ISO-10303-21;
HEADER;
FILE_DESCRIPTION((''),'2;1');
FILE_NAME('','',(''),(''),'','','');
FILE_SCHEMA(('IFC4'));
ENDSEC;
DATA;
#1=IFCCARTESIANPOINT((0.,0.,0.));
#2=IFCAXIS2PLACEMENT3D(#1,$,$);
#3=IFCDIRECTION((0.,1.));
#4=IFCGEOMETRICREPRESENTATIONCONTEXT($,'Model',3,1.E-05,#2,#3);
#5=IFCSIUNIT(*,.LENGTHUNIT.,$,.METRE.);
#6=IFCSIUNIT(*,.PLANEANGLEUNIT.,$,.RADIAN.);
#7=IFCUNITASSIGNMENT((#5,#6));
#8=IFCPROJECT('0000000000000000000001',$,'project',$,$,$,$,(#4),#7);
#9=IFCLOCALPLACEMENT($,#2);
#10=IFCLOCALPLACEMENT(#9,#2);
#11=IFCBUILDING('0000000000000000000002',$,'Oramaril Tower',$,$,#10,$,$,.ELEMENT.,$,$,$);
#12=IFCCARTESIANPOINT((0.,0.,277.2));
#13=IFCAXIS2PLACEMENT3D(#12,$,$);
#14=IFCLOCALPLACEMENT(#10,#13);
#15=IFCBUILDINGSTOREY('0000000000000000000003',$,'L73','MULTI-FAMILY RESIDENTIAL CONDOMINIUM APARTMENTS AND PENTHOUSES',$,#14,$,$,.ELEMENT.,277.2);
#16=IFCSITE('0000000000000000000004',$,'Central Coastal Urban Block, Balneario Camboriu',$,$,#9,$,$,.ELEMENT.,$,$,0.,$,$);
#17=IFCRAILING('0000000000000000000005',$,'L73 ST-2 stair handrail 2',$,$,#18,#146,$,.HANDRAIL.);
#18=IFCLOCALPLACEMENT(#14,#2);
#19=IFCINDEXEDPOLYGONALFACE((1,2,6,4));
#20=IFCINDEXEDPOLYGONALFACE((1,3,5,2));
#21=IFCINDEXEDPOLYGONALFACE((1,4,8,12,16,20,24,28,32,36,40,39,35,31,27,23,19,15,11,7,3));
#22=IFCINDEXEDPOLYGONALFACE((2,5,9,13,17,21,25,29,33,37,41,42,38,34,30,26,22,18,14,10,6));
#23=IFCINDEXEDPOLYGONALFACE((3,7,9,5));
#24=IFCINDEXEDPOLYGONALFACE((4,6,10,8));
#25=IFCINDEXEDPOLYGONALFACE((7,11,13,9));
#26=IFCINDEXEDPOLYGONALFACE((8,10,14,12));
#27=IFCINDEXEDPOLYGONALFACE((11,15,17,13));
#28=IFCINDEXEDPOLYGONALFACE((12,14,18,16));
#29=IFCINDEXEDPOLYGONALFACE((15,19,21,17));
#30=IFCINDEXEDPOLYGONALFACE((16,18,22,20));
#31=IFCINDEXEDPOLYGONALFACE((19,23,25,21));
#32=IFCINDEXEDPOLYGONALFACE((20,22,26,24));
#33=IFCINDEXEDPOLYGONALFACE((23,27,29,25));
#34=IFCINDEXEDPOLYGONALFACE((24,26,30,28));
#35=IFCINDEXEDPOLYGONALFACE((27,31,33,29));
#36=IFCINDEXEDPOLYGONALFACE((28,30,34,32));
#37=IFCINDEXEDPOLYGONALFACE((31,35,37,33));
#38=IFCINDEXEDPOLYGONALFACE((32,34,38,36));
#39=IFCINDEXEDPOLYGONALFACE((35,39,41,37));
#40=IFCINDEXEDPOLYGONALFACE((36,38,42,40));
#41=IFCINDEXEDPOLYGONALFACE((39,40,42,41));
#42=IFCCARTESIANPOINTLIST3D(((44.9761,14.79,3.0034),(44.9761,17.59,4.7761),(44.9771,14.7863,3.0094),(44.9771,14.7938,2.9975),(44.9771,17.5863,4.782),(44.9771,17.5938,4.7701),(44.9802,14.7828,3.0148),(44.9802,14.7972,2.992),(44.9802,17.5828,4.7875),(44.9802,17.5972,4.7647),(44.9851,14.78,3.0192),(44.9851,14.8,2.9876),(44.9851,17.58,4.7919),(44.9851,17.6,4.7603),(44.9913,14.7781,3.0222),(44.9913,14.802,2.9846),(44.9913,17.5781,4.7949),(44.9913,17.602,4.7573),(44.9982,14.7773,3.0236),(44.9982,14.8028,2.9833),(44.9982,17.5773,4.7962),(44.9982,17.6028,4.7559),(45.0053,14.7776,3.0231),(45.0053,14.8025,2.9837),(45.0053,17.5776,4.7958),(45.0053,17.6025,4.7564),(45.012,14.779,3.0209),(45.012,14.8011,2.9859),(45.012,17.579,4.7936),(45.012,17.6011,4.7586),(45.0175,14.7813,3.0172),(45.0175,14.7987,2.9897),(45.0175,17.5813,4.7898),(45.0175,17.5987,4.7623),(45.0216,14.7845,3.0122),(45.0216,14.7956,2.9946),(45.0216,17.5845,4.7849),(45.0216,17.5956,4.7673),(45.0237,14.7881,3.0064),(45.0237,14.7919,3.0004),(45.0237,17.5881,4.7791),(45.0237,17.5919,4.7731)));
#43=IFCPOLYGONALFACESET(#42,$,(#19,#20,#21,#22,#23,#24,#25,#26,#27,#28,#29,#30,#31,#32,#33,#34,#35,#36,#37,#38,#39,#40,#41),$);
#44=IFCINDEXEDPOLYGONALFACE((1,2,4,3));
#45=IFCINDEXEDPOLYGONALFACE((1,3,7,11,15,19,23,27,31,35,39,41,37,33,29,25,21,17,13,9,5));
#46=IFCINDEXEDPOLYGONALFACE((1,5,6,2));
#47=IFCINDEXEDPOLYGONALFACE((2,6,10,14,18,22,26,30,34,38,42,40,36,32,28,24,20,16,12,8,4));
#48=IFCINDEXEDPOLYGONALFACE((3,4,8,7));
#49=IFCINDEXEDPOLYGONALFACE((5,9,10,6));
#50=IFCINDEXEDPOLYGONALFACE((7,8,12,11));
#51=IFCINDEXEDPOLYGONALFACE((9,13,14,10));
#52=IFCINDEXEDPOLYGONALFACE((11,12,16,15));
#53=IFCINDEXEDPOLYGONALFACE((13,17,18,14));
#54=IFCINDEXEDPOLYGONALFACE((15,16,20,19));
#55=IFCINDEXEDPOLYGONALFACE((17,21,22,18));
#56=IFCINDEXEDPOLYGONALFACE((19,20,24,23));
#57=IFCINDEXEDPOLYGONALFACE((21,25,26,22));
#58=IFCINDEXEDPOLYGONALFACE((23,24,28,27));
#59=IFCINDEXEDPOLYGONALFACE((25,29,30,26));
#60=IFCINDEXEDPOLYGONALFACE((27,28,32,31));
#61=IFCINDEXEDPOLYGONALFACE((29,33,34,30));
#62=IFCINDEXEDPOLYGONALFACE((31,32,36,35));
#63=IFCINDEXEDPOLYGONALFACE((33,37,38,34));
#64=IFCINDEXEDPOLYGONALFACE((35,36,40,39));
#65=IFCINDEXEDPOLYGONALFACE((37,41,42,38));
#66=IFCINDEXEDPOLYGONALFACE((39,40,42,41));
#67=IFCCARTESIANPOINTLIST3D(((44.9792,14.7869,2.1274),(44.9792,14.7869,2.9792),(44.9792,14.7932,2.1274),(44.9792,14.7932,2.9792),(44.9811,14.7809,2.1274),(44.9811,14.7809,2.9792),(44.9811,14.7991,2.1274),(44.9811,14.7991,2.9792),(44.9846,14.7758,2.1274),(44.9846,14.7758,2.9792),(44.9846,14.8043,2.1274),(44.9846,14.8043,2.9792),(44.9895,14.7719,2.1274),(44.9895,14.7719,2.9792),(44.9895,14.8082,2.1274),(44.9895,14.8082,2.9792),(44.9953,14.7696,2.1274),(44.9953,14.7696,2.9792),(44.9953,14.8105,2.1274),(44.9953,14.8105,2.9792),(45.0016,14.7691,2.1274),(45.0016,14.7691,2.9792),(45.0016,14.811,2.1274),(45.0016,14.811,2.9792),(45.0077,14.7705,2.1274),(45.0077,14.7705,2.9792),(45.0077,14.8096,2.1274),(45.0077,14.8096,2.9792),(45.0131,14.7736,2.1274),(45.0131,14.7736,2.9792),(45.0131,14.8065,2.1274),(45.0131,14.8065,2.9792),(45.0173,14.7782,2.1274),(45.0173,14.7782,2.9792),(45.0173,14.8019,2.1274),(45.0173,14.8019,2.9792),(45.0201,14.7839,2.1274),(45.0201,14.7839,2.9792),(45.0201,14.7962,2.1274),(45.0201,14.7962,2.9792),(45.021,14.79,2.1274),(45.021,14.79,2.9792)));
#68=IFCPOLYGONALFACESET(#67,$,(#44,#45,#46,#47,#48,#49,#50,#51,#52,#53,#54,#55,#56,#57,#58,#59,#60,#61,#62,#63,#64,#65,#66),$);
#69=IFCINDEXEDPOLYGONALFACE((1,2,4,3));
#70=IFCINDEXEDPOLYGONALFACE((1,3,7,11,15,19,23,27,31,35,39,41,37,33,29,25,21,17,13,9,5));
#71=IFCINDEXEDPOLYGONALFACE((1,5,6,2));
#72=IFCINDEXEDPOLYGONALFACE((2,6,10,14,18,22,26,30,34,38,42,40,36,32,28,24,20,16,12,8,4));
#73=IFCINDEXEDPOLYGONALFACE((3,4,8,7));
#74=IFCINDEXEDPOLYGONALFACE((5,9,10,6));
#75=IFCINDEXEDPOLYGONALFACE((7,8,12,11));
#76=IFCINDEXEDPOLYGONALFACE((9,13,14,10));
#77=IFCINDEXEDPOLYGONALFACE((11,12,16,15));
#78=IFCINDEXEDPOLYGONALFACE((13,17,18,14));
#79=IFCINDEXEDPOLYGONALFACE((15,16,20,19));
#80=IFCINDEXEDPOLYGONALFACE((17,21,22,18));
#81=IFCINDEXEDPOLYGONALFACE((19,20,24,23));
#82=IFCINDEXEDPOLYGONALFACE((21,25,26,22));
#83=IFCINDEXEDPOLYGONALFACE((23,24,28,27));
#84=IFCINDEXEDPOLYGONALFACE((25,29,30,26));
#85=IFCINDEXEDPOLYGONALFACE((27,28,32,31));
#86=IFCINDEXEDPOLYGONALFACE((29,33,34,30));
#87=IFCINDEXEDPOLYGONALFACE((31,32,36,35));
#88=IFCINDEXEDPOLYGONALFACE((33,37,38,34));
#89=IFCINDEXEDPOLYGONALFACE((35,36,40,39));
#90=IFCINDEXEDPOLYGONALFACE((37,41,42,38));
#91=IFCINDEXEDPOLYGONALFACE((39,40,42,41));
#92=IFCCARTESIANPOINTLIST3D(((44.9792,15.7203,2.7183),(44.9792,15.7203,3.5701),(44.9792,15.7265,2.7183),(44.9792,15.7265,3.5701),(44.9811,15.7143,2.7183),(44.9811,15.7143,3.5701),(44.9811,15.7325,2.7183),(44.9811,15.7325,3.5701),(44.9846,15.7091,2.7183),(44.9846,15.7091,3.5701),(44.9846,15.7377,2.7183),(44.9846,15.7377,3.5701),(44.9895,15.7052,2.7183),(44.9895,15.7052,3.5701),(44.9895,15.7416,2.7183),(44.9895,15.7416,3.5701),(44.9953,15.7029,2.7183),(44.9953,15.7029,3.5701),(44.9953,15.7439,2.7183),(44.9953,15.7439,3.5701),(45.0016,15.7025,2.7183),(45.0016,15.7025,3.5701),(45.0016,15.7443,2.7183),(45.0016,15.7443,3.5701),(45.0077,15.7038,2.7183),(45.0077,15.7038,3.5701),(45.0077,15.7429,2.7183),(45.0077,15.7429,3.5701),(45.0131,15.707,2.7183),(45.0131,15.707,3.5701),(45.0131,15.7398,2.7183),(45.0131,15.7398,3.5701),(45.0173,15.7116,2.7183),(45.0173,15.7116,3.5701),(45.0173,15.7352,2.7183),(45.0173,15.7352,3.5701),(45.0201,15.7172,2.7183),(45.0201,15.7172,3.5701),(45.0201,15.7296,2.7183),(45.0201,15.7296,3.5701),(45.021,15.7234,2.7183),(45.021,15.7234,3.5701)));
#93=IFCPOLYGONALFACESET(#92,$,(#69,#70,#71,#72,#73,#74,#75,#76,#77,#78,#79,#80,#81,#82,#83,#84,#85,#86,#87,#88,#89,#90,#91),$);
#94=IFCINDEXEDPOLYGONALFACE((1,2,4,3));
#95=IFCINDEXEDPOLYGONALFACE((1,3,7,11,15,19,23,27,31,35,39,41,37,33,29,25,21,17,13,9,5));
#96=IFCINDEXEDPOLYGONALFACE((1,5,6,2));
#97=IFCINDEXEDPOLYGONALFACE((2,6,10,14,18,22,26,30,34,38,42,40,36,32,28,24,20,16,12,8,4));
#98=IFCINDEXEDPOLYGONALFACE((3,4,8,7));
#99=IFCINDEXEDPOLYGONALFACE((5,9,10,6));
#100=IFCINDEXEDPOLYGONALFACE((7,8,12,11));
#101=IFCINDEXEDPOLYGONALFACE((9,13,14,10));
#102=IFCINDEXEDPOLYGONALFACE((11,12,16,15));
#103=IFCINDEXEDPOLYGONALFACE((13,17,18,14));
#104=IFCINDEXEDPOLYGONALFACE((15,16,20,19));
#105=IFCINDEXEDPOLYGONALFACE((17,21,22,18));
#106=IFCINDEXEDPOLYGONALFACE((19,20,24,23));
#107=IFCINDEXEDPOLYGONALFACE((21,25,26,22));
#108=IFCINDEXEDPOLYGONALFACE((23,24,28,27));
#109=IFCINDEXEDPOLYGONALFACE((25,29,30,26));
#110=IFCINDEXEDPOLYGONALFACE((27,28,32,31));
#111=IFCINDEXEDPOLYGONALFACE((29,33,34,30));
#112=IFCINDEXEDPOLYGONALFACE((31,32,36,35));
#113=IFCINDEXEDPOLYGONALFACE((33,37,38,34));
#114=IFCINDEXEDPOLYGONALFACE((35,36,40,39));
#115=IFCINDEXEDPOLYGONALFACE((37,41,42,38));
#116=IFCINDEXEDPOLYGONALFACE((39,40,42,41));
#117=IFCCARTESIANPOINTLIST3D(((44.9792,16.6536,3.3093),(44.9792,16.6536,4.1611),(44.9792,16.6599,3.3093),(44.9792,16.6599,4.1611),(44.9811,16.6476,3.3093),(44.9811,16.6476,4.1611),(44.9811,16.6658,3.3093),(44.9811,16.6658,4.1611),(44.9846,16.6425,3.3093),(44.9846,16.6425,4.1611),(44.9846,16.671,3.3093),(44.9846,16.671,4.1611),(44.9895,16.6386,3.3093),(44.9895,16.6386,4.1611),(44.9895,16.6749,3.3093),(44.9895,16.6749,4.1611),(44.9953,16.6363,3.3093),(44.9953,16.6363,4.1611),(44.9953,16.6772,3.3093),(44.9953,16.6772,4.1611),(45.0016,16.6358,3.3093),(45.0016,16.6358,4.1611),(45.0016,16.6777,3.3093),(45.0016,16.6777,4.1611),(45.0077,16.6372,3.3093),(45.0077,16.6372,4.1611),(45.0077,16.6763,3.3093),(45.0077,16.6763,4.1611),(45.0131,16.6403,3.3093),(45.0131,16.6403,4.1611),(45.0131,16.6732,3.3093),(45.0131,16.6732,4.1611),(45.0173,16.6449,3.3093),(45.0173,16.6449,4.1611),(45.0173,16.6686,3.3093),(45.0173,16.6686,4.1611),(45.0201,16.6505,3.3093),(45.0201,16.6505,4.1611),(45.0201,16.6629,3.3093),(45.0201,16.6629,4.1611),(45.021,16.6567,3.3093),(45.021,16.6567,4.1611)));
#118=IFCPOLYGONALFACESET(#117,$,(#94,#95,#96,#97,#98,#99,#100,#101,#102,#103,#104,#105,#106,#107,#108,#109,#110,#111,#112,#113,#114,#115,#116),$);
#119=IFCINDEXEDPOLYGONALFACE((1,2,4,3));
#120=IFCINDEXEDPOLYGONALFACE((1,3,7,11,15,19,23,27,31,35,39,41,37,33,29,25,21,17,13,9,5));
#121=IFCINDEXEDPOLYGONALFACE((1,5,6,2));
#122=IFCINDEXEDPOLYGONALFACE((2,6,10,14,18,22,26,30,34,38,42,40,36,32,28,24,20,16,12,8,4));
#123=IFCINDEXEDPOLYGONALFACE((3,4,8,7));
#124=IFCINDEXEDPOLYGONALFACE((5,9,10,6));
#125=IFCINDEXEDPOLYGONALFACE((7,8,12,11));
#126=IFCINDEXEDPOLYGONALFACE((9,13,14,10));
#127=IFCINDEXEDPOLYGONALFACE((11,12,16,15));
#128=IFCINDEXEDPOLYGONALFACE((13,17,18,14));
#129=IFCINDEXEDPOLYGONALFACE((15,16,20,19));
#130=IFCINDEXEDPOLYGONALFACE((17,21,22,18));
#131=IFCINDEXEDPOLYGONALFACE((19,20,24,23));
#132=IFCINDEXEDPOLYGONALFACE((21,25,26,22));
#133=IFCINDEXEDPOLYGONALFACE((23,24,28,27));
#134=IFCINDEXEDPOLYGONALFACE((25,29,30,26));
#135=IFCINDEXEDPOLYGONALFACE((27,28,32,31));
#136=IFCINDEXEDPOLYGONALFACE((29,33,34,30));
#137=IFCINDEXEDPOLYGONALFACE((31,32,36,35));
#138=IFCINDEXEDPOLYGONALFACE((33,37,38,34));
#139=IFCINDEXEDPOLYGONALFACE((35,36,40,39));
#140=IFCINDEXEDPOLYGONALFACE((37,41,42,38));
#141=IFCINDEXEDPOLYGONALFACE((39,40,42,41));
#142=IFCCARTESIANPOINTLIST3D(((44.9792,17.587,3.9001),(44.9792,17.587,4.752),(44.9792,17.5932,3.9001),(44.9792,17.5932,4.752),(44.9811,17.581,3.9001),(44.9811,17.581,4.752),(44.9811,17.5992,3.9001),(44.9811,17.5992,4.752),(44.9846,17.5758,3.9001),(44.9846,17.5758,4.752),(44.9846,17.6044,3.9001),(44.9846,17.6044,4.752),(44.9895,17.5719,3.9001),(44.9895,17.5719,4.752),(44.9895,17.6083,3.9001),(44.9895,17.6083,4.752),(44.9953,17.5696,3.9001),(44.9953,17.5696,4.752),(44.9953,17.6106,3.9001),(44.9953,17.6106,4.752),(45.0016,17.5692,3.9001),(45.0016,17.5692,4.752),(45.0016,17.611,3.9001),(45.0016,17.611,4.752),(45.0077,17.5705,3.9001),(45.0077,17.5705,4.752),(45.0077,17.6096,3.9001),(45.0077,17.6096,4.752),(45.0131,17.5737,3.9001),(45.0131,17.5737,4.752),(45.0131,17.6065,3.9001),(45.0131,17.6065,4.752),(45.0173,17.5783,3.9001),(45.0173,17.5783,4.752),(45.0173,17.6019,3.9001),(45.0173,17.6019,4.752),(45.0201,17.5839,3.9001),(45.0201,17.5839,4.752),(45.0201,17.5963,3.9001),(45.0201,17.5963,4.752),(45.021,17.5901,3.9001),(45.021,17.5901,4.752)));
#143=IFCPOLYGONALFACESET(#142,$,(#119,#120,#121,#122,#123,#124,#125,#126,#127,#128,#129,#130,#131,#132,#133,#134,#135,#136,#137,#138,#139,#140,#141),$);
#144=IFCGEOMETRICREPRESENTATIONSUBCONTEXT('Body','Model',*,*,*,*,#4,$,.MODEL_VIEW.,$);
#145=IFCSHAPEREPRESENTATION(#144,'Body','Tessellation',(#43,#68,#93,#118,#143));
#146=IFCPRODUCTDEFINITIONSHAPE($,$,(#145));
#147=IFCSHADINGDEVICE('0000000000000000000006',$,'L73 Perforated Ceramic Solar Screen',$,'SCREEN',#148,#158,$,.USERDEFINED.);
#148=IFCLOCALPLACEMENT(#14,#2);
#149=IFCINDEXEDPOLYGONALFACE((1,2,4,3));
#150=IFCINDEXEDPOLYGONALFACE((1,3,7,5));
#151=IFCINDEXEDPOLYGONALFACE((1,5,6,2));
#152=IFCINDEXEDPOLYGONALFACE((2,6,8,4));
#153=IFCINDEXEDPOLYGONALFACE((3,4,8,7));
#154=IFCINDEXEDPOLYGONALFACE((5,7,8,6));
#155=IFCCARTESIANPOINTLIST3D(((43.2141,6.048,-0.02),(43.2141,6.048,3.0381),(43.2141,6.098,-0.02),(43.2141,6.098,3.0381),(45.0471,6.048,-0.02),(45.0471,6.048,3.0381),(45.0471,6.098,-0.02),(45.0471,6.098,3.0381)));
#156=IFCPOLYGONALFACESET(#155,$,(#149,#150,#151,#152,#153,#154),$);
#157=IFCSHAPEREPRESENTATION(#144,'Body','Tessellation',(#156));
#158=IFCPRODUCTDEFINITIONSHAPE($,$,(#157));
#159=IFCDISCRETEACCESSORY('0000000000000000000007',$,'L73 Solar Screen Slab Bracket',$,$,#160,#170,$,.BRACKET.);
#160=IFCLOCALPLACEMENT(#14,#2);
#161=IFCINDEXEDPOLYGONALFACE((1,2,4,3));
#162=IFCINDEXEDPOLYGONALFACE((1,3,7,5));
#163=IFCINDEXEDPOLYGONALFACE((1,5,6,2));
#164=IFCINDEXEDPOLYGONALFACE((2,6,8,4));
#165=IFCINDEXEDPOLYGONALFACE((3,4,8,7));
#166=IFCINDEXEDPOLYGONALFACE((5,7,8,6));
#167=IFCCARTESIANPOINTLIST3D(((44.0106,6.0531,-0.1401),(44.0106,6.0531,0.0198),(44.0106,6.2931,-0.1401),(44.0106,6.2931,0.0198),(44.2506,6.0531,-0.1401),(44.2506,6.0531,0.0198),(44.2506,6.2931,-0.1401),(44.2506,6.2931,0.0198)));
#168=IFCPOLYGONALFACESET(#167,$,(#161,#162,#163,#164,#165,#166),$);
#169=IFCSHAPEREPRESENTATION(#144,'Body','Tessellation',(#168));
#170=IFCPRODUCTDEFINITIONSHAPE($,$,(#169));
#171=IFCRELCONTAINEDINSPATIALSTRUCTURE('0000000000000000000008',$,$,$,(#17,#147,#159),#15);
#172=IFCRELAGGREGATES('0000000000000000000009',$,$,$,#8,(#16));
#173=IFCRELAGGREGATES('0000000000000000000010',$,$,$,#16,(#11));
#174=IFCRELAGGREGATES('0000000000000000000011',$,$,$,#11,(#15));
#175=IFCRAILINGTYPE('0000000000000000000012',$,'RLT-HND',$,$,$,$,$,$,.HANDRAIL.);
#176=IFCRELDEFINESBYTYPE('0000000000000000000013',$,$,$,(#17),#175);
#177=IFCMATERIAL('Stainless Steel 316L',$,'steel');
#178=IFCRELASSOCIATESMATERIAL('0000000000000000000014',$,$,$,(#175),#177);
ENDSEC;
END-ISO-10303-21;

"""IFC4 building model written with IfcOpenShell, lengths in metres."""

from ifc_helpers import new_model, si_unit, direction, frame, origin, origin_2d, place, context, subcontext, project, spatial, rectangle, circle, extrude, material, type_object, element, save


model = new_model("IFC4")

# Units and contexts
model_context = context("Model", 3, precision=1e-05, world=origin(), true_north=direction((0.0, 1.0)))
body_context = subcontext(model_context, "Body", "Model", "MODEL_VIEW")
ifc_project = project(units=[si_unit("LENGTHUNIT", "METRE"), si_unit("PLANEANGLEUNIT", "RADIAN")], contexts=[model_context])

# Site, building, storey
site_placement = place(None, origin())
site = spatial("IfcSite", under=ifc_project, at=site_placement, Name="Central Coastal Urban Block, Balneario Camboriu", CompositionType="ELEMENT", RefElevation=0.0)
building_placement = place(site_placement, origin())
building = spatial("IfcBuilding", under=site, at=building_placement, Name="Oramaril Tower", CompositionType="ELEMENT")
storey_placement = place(building_placement, frame((0.0, 0.0, 277.2)))
storey = spatial("IfcBuildingStorey", under=building, at=storey_placement, Name="L73", Description="MULTI-FAMILY RESIDENTIAL CONDOMINIUM APARTMENTS AND PENTHOUSES", CompositionType="ELEMENT", Elevation=277.2)

# Railing
ifc_material_1 = material(Name="Stainless Steel 316L", Category="steel")
railing_type_1 = type_object("IfcRailingType", Name="RLT-HND", PredefinedType="HANDRAIL", material=ifc_material_1)
railing_1_placement = place(storey_placement, frame((45.0, 14.79, 2.1274)))
element("IfcRailing", 1, at=railing_1_placement, inside=storey, type_object=railing_type_1, Name="L73 ST-2 stair handrail 2", PredefinedType="HANDRAIL", context=body_context, shape_type="SweptSolid", body=[
    extrude(circle(Radius=0.0239, at=origin_2d()), frame((0.0, 0.0, 0.876), z_axis=(0.0, 0.844909, 0.53491), x_axis=(-1.0, 0.0, 0.0)), (0.0, 0.0, 1.0), 3.314),
    extrude(circle(Radius=0.021, at=origin_2d()), origin(), (0.0, 0.0, 1.0), 0.8518),
    extrude(circle(Radius=0.021, at=origin_2d()), frame((0.0, 0.9333, 0.5908)), (0.0, 0.0, 1.0), 0.8518),
    extrude(circle(Radius=0.021, at=origin_2d()), frame((0.0, 1.8667, 1.1819)), (0.0, 0.0, 1.0), 0.8518),
    extrude(circle(Radius=0.021, at=origin_2d()), frame((0.0, 2.8, 1.7727)), (0.0, 0.0, 1.0), 0.8518),
])

# Shading device
shading_device_placement = place(storey_placement, frame((44.1306, 6.073, -0.02), z_axis=(0.0, 0.0, 1.0), x_axis=(1.0, 0.0, 0.0)))
element("IfcShadingDevice", 2, at=shading_device_placement, inside=storey, Name="L73 Perforated Ceramic Solar Screen", ObjectType="SCREEN", PredefinedType="USERDEFINED", context=body_context, shape_type="SweptSolid", body=[
    extrude(rectangle(XDim=1.833, YDim=0.05, at=origin_2d()), origin(), (0.0, 0.0, 1.0), 3.0581),
])

# Discrete accessory
discrete_accessory_placement = place(storey_placement, frame((44.1306, 6.1731, -0.1401), z_axis=(0.0, 0.0, 1.0), x_axis=(1.0, 0.0, 0.0)))
element("IfcDiscreteAccessory", 3, at=discrete_accessory_placement, inside=storey, Name="L73 Solar Screen Slab Bracket", PredefinedType="BRACKET", context=body_context, shape_type="SweptSolid", body=[
    extrude(rectangle(XDim=0.24, YDim=0.24, at=origin_2d()), origin(), (0.0, 0.0, 1.0), 0.1599),
])

save(model, "model.ifc")
